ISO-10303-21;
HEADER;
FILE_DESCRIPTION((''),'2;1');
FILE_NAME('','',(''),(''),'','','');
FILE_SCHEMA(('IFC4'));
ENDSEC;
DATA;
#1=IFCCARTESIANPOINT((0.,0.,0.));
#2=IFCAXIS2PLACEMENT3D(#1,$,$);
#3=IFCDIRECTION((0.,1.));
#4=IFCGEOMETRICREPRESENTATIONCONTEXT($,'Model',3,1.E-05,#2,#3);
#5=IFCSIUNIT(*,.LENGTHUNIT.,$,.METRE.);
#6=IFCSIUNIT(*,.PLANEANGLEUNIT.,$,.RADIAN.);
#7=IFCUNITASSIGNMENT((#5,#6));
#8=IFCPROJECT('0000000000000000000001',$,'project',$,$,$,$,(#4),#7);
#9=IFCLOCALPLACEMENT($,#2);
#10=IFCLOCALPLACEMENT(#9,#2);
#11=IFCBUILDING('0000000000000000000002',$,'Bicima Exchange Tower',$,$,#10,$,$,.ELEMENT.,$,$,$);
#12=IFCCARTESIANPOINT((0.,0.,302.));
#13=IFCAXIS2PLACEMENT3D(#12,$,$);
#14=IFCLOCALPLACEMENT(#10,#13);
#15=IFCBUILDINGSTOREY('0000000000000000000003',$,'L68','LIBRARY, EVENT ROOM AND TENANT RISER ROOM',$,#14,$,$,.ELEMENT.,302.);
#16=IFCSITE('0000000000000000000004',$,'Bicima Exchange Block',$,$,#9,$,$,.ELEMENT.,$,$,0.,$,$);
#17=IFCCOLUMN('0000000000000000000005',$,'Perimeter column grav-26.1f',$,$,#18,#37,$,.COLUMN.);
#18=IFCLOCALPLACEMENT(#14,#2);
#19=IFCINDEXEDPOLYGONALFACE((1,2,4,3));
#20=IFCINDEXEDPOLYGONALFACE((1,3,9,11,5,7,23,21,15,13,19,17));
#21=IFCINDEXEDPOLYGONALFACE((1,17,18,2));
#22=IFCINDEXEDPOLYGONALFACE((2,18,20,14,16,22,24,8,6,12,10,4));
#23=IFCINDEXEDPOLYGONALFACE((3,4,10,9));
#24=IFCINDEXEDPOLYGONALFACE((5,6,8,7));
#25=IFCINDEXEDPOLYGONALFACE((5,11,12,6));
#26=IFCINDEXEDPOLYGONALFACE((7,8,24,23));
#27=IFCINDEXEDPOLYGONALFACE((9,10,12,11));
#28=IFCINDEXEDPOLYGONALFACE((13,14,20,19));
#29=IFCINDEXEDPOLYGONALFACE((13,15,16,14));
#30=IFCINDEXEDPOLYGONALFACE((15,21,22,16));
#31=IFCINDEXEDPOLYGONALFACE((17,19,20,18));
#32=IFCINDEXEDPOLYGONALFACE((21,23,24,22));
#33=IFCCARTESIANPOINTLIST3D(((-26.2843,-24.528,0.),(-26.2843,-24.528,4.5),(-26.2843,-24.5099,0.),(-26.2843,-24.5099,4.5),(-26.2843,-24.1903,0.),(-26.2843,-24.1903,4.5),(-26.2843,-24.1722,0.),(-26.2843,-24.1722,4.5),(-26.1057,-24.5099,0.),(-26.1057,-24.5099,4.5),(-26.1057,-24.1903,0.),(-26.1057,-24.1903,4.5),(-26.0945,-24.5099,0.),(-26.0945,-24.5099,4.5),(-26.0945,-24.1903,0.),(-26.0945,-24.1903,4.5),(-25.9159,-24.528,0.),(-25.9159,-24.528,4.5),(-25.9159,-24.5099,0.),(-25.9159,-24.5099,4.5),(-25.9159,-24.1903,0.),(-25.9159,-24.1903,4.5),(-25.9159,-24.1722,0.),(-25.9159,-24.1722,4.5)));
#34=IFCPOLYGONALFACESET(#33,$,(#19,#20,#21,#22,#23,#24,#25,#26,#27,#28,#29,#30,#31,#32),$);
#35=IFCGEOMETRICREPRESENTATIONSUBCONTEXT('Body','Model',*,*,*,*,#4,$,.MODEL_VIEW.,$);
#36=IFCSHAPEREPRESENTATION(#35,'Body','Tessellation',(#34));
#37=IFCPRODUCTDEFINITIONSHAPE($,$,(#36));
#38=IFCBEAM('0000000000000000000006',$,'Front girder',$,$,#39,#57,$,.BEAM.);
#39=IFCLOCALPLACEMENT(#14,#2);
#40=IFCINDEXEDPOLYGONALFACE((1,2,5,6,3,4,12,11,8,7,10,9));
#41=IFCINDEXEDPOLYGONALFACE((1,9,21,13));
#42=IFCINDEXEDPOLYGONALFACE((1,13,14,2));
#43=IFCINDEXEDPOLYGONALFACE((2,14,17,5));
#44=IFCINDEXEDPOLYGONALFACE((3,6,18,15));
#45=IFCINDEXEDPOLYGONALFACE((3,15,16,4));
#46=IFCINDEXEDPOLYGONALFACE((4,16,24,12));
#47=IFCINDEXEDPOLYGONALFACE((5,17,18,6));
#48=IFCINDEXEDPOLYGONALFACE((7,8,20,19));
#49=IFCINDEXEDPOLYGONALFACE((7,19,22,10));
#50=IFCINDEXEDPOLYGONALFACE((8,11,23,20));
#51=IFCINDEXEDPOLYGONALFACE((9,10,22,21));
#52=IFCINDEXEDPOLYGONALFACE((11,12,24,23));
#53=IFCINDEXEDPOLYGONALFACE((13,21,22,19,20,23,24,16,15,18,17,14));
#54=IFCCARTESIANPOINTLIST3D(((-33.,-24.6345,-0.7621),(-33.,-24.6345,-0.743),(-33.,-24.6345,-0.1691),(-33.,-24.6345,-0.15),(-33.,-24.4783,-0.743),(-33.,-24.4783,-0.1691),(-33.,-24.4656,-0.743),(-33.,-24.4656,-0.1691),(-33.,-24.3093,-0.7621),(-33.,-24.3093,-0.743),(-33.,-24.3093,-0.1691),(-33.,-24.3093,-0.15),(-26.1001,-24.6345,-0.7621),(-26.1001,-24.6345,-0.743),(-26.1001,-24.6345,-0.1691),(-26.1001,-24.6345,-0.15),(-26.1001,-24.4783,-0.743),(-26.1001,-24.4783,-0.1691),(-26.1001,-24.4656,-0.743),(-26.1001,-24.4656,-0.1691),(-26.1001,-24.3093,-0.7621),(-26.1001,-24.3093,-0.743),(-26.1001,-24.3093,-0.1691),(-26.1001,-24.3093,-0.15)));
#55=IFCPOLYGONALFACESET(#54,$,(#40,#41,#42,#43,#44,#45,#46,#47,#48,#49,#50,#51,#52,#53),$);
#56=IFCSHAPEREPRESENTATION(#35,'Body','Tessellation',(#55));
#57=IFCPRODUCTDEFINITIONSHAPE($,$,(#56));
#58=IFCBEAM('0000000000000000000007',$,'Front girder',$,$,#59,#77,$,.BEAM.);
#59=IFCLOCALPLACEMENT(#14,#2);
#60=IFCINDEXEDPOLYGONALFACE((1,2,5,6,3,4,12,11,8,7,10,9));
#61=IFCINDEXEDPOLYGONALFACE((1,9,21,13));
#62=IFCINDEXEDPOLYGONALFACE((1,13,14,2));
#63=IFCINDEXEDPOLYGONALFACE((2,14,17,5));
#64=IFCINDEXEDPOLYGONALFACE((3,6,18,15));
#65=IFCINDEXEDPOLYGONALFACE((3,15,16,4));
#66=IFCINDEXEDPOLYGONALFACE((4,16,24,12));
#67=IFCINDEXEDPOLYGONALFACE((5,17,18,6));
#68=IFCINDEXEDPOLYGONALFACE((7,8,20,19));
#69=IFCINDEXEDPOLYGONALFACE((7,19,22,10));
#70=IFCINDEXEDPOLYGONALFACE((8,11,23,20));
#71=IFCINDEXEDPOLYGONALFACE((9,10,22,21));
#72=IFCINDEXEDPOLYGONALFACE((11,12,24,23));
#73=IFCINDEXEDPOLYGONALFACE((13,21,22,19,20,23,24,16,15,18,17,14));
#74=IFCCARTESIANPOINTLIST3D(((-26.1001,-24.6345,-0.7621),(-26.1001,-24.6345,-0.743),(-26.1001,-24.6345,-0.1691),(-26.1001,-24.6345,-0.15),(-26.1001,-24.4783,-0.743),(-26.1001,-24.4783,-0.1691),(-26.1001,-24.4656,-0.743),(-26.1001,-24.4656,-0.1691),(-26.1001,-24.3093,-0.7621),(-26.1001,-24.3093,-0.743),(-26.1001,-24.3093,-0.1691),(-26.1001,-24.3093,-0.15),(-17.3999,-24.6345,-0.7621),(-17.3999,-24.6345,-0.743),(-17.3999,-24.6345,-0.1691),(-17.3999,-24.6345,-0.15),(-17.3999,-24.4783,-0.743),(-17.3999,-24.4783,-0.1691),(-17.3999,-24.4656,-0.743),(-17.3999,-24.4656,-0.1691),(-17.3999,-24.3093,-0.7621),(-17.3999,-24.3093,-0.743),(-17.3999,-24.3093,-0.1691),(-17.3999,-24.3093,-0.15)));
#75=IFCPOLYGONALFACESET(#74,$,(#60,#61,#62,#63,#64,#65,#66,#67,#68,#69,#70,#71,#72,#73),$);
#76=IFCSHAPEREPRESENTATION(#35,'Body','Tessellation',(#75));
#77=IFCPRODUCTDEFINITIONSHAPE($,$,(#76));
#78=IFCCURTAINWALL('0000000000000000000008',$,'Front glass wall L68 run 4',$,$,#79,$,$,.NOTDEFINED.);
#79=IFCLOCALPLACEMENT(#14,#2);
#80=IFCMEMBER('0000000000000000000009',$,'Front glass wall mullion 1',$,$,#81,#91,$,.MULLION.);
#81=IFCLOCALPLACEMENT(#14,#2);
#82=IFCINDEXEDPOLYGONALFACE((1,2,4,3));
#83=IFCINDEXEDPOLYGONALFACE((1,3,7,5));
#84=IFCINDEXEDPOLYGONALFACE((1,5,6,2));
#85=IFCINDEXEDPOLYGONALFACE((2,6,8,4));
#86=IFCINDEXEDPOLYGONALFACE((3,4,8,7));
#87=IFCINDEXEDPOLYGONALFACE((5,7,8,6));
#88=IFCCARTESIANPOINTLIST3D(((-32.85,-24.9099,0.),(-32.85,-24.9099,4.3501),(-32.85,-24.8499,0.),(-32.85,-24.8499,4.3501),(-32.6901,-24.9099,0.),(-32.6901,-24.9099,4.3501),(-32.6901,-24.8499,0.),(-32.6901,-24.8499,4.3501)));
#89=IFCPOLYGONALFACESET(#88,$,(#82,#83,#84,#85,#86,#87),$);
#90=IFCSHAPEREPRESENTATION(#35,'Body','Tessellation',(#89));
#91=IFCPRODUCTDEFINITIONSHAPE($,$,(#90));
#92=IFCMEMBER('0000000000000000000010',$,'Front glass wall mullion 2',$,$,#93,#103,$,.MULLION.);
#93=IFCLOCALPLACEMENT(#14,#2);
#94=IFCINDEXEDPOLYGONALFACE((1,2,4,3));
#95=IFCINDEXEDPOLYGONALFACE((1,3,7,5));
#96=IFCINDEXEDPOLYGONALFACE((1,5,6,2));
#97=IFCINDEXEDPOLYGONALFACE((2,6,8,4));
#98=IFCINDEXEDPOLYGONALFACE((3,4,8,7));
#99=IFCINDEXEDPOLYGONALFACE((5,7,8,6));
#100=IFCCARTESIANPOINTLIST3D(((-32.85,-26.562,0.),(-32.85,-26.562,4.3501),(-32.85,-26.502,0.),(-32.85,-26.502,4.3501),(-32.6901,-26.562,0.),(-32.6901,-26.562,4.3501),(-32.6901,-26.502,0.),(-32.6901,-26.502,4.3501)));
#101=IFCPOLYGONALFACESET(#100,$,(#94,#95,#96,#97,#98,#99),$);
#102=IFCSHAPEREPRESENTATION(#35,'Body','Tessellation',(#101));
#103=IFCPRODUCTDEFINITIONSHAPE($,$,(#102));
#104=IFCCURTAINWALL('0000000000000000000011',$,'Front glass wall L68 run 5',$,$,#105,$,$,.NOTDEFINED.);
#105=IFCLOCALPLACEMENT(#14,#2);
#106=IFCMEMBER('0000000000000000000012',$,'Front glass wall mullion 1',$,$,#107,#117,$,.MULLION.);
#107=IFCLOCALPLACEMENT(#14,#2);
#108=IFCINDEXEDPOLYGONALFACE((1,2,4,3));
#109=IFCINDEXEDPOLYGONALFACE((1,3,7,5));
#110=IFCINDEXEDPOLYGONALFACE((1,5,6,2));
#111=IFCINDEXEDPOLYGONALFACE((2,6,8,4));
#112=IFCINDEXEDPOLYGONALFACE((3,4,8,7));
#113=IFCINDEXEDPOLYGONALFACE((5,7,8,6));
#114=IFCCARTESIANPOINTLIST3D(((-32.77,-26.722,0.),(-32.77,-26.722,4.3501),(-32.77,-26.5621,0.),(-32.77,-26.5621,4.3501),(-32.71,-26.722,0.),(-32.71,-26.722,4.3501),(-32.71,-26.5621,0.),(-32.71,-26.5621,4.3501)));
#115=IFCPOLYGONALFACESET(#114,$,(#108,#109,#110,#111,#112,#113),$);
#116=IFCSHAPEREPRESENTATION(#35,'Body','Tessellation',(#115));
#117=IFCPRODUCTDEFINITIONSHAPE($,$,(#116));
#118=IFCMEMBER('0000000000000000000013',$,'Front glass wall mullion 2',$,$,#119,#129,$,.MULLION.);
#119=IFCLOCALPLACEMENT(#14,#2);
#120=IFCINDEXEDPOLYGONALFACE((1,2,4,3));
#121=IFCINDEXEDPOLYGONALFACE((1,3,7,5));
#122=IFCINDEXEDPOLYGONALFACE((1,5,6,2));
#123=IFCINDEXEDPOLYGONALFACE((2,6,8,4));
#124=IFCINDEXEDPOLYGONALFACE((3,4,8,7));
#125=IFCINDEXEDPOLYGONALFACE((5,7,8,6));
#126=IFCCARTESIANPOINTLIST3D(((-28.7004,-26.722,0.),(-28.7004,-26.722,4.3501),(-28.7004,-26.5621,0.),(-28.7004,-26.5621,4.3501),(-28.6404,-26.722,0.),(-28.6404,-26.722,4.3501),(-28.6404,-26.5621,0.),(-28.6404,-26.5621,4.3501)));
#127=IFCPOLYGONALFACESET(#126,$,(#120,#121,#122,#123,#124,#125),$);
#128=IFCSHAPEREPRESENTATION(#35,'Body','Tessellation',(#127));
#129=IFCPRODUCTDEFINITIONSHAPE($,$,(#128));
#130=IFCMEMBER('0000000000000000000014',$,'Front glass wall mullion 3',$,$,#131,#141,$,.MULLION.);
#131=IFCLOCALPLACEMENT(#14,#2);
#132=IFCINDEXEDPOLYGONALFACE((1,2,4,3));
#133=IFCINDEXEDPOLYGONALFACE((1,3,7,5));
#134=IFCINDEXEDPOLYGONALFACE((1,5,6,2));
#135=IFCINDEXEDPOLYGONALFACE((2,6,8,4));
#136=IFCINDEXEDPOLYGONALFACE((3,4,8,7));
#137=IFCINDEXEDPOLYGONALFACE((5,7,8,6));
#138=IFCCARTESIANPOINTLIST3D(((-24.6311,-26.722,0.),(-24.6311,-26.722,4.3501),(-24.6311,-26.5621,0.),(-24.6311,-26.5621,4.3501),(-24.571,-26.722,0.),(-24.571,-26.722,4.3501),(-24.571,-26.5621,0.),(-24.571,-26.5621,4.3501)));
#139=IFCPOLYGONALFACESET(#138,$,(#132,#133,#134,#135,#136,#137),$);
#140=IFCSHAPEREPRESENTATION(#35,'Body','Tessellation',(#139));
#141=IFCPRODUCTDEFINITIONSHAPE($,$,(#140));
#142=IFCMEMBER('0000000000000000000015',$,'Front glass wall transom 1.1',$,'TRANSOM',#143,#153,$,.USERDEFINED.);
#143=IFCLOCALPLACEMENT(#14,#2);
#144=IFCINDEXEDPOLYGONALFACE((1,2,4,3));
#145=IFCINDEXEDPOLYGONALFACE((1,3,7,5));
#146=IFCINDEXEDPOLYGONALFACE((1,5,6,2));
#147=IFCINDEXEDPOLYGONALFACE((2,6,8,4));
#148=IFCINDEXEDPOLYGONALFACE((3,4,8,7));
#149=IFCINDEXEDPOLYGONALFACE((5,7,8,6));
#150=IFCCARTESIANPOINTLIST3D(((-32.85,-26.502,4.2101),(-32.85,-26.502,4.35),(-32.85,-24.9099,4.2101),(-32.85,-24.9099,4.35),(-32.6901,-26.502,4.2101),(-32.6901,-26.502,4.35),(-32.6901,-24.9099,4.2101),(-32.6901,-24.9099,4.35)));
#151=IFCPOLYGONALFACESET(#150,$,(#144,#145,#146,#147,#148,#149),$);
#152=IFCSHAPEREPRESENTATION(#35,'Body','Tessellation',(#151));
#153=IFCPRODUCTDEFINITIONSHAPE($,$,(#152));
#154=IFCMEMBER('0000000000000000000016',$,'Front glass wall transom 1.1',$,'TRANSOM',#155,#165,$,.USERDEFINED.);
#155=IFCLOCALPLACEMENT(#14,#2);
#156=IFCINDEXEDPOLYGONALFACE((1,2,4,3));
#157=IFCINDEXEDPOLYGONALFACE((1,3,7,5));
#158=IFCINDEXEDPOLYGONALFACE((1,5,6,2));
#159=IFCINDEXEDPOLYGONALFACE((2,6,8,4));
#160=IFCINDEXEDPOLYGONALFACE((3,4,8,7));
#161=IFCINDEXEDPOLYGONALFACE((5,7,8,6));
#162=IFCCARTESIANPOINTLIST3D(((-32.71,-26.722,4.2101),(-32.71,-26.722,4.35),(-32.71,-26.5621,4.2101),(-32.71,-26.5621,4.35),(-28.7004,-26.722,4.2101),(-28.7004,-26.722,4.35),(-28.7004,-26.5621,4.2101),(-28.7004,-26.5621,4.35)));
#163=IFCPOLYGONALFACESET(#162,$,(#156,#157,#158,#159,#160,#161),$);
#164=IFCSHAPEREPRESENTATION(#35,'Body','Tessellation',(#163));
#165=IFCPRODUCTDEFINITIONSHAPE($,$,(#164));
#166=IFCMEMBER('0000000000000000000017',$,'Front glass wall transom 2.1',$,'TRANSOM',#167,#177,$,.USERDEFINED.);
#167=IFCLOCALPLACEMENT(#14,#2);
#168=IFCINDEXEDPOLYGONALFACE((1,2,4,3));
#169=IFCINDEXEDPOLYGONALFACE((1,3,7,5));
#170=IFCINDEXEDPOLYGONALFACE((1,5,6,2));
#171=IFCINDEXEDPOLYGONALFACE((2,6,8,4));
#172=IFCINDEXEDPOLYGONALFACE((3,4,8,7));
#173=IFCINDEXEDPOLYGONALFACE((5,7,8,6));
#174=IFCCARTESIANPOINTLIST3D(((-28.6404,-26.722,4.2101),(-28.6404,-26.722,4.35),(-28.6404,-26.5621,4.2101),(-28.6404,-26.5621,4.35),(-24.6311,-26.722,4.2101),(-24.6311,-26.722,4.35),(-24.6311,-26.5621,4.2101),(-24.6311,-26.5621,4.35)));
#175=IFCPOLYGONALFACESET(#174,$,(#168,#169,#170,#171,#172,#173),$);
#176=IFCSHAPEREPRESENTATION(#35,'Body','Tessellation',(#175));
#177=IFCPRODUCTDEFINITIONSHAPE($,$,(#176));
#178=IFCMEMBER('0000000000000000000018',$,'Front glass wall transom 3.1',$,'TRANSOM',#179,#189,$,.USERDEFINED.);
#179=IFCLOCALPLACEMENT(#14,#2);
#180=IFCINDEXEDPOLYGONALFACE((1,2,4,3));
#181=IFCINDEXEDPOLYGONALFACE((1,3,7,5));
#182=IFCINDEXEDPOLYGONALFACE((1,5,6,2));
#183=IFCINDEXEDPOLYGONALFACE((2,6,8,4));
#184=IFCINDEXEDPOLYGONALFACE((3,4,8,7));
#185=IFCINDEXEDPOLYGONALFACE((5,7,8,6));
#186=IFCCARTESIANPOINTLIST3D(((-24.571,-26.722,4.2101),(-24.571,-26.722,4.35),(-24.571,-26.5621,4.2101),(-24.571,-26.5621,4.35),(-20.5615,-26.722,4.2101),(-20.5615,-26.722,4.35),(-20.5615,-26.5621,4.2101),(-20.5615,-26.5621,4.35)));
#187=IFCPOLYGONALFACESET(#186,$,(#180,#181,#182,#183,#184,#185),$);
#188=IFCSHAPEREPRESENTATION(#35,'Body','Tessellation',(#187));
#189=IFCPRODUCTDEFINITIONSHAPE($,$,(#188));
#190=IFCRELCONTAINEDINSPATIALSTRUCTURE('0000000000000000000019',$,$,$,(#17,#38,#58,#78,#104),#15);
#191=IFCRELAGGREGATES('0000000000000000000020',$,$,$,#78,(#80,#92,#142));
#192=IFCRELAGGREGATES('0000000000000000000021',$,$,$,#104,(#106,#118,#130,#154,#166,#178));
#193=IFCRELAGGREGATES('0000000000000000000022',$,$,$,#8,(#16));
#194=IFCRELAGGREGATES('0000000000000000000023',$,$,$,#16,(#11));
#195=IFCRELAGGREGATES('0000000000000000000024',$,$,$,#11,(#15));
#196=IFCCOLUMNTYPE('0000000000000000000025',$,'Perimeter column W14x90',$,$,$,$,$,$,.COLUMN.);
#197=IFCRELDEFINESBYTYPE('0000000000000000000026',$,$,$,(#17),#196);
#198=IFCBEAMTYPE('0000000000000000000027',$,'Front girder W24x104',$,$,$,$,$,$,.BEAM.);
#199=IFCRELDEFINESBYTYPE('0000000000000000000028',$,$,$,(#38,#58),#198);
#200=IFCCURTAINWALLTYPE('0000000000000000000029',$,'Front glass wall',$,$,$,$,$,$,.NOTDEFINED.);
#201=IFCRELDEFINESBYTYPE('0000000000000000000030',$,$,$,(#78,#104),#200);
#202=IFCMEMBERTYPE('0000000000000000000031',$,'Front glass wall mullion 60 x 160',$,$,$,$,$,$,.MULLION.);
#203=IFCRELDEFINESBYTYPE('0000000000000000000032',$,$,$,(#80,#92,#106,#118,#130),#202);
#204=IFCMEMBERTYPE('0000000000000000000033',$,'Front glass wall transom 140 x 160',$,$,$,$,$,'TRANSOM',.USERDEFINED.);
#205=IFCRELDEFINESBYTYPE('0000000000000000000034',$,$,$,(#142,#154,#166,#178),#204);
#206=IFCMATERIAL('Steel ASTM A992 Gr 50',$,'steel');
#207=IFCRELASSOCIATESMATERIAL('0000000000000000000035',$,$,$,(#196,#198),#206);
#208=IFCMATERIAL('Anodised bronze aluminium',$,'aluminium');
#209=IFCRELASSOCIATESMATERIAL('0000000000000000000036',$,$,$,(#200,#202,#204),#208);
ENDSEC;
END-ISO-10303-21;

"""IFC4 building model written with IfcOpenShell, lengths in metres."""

from ifc_helpers import new_model, si_unit, direction, frame, origin, origin_2d, place, context, subcontext, project, spatial, rectangle, i_section, extrude, material, material_profile, profile_set, type_object, element, aggregate, save


model = new_model("IFC4")

# Units and contexts
model_context = context("Model", 3, precision=1e-05, world=origin(), true_north=direction((0.0, 1.0)))
body_context = subcontext(model_context, "Body", "Model", "MODEL_VIEW")
ifc_project = project(units=[si_unit("LENGTHUNIT", "METRE"), si_unit("PLANEANGLEUNIT", "RADIAN")], contexts=[model_context])

# Site, building, storey
site_placement = place(None, origin())
site = spatial("IfcSite", under=ifc_project, at=site_placement, Name="Bicima Exchange Block", CompositionType="ELEMENT", RefElevation=0.0)
building_placement = place(site_placement, origin())
building = spatial("IfcBuilding", under=site, at=building_placement, Name="Bicima Exchange Tower", CompositionType="ELEMENT")
storey_placement = place(building_placement, frame((0.0, 0.0, 302.0)))
storey = spatial("IfcBuildingStorey", under=building, at=storey_placement, Name="L68", Description="LIBRARY, EVENT ROOM AND TENANT RISER ROOM", CompositionType="ELEMENT", Elevation=302.0)

# Column
ifc_material_1 = material(Name="Steel ASTM A992 Gr 50", Category="steel")
ifc_material_profile_1 = material_profile(ifc_material_1, i_section(OverallWidth=0.3684, OverallDepth=0.3557, WebThickness=0.0112, FlangeThickness=0.0181, at=origin_2d()))
ifc_profile_set_1 = profile_set([ifc_material_profile_1], Name="Steel ASTM A992 Gr 50")
column_type = type_object("IfcColumnType", Name="Perimeter column W14x90", PredefinedType="COLUMN", material=ifc_profile_set_1)
column_placement = place(storey_placement, frame((-26.1001, -24.3501, 0.0), z_axis=(0.0, 0.0, 1.0), x_axis=(1.0, 0.0, 0.0)))
element("IfcColumn", 1, at=column_placement, inside=storey, type_object=column_type, Name="Perimeter column grav-26.1f", PredefinedType="COLUMN", context=body_context, shape_type="SweptSolid", body=[
    extrude(i_section(OverallWidth=0.3684, OverallDepth=0.3557, WebThickness=0.0112, FlangeThickness=0.0181, at=origin_2d()), origin(), (0.0, 0.0, 1.0), 4.5),
])

# Beams
ifc_material_profile_2 = material_profile(ifc_material_1, i_section(OverallWidth=0.3252, OverallDepth=0.6121, WebThickness=0.0127, FlangeThickness=0.019, at=origin_2d()))
ifc_profile_set_2 = profile_set([ifc_material_profile_2], Name="Steel ASTM A992 Gr 50")
beam_type = type_object("IfcBeamType", Name="Front girder W24x104", PredefinedType="BEAM", material=ifc_profile_set_2)
beam_1_placement = place(storey_placement, frame((-33.0, -24.4719, -0.4561), z_axis=(1.0, 0.0, 0.0), x_axis=(0.0, 1.0, 0.0)))
element("IfcBeam", 2, at=beam_1_placement, inside=storey, type_object=beam_type, Name="Front girder", PredefinedType="BEAM", context=body_context, shape_type="SweptSolid", body=[
    extrude(i_section(OverallWidth=0.3252, OverallDepth=0.6121, WebThickness=0.0127, FlangeThickness=0.019, at=origin_2d()), origin(), (0.0, 0.0, 1.0), 6.8999),
])
beam_2_placement = place(storey_placement, frame((-26.1001, -24.4719, -0.4561), z_axis=(1.0, 0.0, 0.0), x_axis=(0.0, 1.0, 0.0)))
element("IfcBeam", 3, at=beam_2_placement, inside=storey, type_object=beam_type, Name="Front girder", PredefinedType="BEAM", context=body_context, shape_type="SweptSolid", body=[
    extrude(i_section(OverallWidth=0.3252, OverallDepth=0.6121, WebThickness=0.0127, FlangeThickness=0.019, at=origin_2d()), origin(), (0.0, 0.0, 1.0), 8.7002),
])

# Curtain walls, members
ifc_material_2 = material(Name="Anodised bronze aluminium", Category="aluminium")
curtain_wall_type = type_object("IfcCurtainWallType", Name="Front glass wall", PredefinedType="NOTDEFINED", material=ifc_material_2)
curtain_wall_1_placement = place(storey_placement, origin())
curtain_wall_1 = element("IfcCurtainWall", 4, at=curtain_wall_1_placement, inside=storey, type_object=curtain_wall_type, Name="Front glass wall L68 run 4", PredefinedType="NOTDEFINED")
ifc_material_profile_3 = material_profile(ifc_material_2, rectangle(XDim=0.1599, YDim=0.0601, at=origin_2d()))
ifc_profile_set_3 = profile_set([ifc_material_profile_3], Name="Anodised bronze aluminium")
member_type_1 = type_object("IfcMemberType", Name="Front glass wall mullion 60 x 160", PredefinedType="MULLION", material=ifc_profile_set_3)
member_1_placement = place(storey_placement, frame((-32.77, -24.8799, 0.0), z_axis=(0.0, 0.0, 1.0), x_axis=(1.0, 0.0, 0.0)))
member_1 = element("IfcMember", 5, at=member_1_placement, type_object=member_type_1, Name="Front glass wall mullion 1", PredefinedType="MULLION", context=body_context, shape_type="SweptSolid", body=[
    extrude(rectangle(XDim=0.1599, YDim=0.0601, at=origin_2d()), origin(), (0.0, 0.0, 1.0), 4.3501),
])
member_2_placement = place(storey_placement, frame((-32.77, -26.532, 0.0), z_axis=(0.0, 0.0, 1.0), x_axis=(1.0, 0.0, 0.0)))
member_2 = element("IfcMember", 6, at=member_2_placement, type_object=member_type_1, Name="Front glass wall mullion 2", PredefinedType="MULLION", context=body_context, shape_type="SweptSolid", body=[
    extrude(rectangle(XDim=0.1599, YDim=0.0601, at=origin_2d()), origin(), (0.0, 0.0, 1.0), 4.3501),
])
curtain_wall_2_placement = place(storey_placement, origin())
curtain_wall_2 = element("IfcCurtainWall", 7, at=curtain_wall_2_placement, inside=storey, type_object=curtain_wall_type, Name="Front glass wall L68 run 5", PredefinedType="NOTDEFINED")
member_3_placement = place(storey_placement, frame((-32.74, -26.6421, 0.0), z_axis=(0.0, 0.0, 1.0), x_axis=(0.0, 1.0, 0.0)))
member_3 = element("IfcMember", 8, at=member_3_placement, type_object=member_type_1, Name="Front glass wall mullion 1", PredefinedType="MULLION", context=body_context, shape_type="SweptSolid", body=[
    extrude(rectangle(XDim=0.1599, YDim=0.0601, at=origin_2d()), origin(), (0.0, 0.0, 1.0), 4.3501),
])
member_4_placement = place(storey_placement, frame((-28.6704, -26.6421, 0.0), z_axis=(0.0, 0.0, 1.0), x_axis=(0.0, 1.0, 0.0)))
member_4 = element("IfcMember", 9, at=member_4_placement, type_object=member_type_1, Name="Front glass wall mullion 2", PredefinedType="MULLION", context=body_context, shape_type="SweptSolid", body=[
    extrude(rectangle(XDim=0.1599, YDim=0.0601, at=origin_2d()), origin(), (0.0, 0.0, 1.0), 4.3501),
])
member_5_placement = place(storey_placement, frame((-24.6011, -26.6421, 0.0), z_axis=(0.0, 0.0, 1.0), x_axis=(0.0, 1.0, 0.0)))
member_5 = element("IfcMember", 10, at=member_5_placement, type_object=member_type_1, Name="Front glass wall mullion 3", PredefinedType="MULLION", context=body_context, shape_type="SweptSolid", body=[
    extrude(rectangle(XDim=0.1599, YDim=0.0601, at=origin_2d()), origin(), (0.0, 0.0, 1.0), 4.3501),
])

# Members
ifc_material_profile_4 = material_profile(ifc_material_2, rectangle(XDim=0.1599, YDim=0.1399, at=origin_2d()))
ifc_profile_set_4 = profile_set([ifc_material_profile_4], Name="Anodised bronze aluminium")
member_type_2 = type_object("IfcMemberType", Name="Front glass wall transom 140 x 160", ElementType="TRANSOM", PredefinedType="USERDEFINED", material=ifc_profile_set_4)
member_6_placement = place(storey_placement, frame((-32.77, -24.9099, 4.28), z_axis=(0.0, -1.0, 0.0), x_axis=(1.0, 0.0, 0.0)))
member_6 = element("IfcMember", 11, at=member_6_placement, type_object=member_type_2, Name="Front glass wall transom 1.1", ObjectType="TRANSOM", PredefinedType="USERDEFINED", context=body_context, shape_type="SweptSolid", body=[
    extrude(rectangle(XDim=0.1599, YDim=0.1399, at=origin_2d()), origin(), (0.0, 0.0, 1.0), 1.592),
])
member_7_placement = place(storey_placement, frame((-32.71, -26.6421, 4.28), z_axis=(1.0, 0.0, 0.0), x_axis=(0.0, 1.0, 0.0)))
member_7 = element("IfcMember", 12, at=member_7_placement, type_object=member_type_2, Name="Front glass wall transom 1.1", ObjectType="TRANSOM", PredefinedType="USERDEFINED", context=body_context, shape_type="SweptSolid", body=[
    extrude(rectangle(XDim=0.1599, YDim=0.1399, at=origin_2d()), origin(), (0.0, 0.0, 1.0), 4.0095),
])
member_8_placement = place(storey_placement, frame((-28.6404, -26.6421, 4.28), z_axis=(1.0, 0.0, 0.0), x_axis=(0.0, 1.0, 0.0)))
member_8 = element("IfcMember", 13, at=member_8_placement, type_object=member_type_2, Name="Front glass wall transom 2.1", ObjectType="TRANSOM", PredefinedType="USERDEFINED", context=body_context, shape_type="SweptSolid", body=[
    extrude(rectangle(XDim=0.1599, YDim=0.1399, at=origin_2d()), origin(), (0.0, 0.0, 1.0), 4.0093),
])
member_9_placement = place(storey_placement, frame((-24.571, -26.6421, 4.28), z_axis=(1.0, 0.0, 0.0), x_axis=(0.0, 1.0, 0.0)))
member_9 = element("IfcMember", 14, at=member_9_placement, type_object=member_type_2, Name="Front glass wall transom 3.1", ObjectType="TRANSOM", PredefinedType="USERDEFINED", context=body_context, shape_type="SweptSolid", body=[
    extrude(rectangle(XDim=0.1599, YDim=0.1399, at=origin_2d()), origin(), (0.0, 0.0, 1.0), 4.0095),
])

aggregate(curtain_wall_1, [member_1, member_2, member_6])
aggregate(curtain_wall_2, [member_3, member_4, member_5, member_7, member_8, member_9])

save(model, "model.ifc")
